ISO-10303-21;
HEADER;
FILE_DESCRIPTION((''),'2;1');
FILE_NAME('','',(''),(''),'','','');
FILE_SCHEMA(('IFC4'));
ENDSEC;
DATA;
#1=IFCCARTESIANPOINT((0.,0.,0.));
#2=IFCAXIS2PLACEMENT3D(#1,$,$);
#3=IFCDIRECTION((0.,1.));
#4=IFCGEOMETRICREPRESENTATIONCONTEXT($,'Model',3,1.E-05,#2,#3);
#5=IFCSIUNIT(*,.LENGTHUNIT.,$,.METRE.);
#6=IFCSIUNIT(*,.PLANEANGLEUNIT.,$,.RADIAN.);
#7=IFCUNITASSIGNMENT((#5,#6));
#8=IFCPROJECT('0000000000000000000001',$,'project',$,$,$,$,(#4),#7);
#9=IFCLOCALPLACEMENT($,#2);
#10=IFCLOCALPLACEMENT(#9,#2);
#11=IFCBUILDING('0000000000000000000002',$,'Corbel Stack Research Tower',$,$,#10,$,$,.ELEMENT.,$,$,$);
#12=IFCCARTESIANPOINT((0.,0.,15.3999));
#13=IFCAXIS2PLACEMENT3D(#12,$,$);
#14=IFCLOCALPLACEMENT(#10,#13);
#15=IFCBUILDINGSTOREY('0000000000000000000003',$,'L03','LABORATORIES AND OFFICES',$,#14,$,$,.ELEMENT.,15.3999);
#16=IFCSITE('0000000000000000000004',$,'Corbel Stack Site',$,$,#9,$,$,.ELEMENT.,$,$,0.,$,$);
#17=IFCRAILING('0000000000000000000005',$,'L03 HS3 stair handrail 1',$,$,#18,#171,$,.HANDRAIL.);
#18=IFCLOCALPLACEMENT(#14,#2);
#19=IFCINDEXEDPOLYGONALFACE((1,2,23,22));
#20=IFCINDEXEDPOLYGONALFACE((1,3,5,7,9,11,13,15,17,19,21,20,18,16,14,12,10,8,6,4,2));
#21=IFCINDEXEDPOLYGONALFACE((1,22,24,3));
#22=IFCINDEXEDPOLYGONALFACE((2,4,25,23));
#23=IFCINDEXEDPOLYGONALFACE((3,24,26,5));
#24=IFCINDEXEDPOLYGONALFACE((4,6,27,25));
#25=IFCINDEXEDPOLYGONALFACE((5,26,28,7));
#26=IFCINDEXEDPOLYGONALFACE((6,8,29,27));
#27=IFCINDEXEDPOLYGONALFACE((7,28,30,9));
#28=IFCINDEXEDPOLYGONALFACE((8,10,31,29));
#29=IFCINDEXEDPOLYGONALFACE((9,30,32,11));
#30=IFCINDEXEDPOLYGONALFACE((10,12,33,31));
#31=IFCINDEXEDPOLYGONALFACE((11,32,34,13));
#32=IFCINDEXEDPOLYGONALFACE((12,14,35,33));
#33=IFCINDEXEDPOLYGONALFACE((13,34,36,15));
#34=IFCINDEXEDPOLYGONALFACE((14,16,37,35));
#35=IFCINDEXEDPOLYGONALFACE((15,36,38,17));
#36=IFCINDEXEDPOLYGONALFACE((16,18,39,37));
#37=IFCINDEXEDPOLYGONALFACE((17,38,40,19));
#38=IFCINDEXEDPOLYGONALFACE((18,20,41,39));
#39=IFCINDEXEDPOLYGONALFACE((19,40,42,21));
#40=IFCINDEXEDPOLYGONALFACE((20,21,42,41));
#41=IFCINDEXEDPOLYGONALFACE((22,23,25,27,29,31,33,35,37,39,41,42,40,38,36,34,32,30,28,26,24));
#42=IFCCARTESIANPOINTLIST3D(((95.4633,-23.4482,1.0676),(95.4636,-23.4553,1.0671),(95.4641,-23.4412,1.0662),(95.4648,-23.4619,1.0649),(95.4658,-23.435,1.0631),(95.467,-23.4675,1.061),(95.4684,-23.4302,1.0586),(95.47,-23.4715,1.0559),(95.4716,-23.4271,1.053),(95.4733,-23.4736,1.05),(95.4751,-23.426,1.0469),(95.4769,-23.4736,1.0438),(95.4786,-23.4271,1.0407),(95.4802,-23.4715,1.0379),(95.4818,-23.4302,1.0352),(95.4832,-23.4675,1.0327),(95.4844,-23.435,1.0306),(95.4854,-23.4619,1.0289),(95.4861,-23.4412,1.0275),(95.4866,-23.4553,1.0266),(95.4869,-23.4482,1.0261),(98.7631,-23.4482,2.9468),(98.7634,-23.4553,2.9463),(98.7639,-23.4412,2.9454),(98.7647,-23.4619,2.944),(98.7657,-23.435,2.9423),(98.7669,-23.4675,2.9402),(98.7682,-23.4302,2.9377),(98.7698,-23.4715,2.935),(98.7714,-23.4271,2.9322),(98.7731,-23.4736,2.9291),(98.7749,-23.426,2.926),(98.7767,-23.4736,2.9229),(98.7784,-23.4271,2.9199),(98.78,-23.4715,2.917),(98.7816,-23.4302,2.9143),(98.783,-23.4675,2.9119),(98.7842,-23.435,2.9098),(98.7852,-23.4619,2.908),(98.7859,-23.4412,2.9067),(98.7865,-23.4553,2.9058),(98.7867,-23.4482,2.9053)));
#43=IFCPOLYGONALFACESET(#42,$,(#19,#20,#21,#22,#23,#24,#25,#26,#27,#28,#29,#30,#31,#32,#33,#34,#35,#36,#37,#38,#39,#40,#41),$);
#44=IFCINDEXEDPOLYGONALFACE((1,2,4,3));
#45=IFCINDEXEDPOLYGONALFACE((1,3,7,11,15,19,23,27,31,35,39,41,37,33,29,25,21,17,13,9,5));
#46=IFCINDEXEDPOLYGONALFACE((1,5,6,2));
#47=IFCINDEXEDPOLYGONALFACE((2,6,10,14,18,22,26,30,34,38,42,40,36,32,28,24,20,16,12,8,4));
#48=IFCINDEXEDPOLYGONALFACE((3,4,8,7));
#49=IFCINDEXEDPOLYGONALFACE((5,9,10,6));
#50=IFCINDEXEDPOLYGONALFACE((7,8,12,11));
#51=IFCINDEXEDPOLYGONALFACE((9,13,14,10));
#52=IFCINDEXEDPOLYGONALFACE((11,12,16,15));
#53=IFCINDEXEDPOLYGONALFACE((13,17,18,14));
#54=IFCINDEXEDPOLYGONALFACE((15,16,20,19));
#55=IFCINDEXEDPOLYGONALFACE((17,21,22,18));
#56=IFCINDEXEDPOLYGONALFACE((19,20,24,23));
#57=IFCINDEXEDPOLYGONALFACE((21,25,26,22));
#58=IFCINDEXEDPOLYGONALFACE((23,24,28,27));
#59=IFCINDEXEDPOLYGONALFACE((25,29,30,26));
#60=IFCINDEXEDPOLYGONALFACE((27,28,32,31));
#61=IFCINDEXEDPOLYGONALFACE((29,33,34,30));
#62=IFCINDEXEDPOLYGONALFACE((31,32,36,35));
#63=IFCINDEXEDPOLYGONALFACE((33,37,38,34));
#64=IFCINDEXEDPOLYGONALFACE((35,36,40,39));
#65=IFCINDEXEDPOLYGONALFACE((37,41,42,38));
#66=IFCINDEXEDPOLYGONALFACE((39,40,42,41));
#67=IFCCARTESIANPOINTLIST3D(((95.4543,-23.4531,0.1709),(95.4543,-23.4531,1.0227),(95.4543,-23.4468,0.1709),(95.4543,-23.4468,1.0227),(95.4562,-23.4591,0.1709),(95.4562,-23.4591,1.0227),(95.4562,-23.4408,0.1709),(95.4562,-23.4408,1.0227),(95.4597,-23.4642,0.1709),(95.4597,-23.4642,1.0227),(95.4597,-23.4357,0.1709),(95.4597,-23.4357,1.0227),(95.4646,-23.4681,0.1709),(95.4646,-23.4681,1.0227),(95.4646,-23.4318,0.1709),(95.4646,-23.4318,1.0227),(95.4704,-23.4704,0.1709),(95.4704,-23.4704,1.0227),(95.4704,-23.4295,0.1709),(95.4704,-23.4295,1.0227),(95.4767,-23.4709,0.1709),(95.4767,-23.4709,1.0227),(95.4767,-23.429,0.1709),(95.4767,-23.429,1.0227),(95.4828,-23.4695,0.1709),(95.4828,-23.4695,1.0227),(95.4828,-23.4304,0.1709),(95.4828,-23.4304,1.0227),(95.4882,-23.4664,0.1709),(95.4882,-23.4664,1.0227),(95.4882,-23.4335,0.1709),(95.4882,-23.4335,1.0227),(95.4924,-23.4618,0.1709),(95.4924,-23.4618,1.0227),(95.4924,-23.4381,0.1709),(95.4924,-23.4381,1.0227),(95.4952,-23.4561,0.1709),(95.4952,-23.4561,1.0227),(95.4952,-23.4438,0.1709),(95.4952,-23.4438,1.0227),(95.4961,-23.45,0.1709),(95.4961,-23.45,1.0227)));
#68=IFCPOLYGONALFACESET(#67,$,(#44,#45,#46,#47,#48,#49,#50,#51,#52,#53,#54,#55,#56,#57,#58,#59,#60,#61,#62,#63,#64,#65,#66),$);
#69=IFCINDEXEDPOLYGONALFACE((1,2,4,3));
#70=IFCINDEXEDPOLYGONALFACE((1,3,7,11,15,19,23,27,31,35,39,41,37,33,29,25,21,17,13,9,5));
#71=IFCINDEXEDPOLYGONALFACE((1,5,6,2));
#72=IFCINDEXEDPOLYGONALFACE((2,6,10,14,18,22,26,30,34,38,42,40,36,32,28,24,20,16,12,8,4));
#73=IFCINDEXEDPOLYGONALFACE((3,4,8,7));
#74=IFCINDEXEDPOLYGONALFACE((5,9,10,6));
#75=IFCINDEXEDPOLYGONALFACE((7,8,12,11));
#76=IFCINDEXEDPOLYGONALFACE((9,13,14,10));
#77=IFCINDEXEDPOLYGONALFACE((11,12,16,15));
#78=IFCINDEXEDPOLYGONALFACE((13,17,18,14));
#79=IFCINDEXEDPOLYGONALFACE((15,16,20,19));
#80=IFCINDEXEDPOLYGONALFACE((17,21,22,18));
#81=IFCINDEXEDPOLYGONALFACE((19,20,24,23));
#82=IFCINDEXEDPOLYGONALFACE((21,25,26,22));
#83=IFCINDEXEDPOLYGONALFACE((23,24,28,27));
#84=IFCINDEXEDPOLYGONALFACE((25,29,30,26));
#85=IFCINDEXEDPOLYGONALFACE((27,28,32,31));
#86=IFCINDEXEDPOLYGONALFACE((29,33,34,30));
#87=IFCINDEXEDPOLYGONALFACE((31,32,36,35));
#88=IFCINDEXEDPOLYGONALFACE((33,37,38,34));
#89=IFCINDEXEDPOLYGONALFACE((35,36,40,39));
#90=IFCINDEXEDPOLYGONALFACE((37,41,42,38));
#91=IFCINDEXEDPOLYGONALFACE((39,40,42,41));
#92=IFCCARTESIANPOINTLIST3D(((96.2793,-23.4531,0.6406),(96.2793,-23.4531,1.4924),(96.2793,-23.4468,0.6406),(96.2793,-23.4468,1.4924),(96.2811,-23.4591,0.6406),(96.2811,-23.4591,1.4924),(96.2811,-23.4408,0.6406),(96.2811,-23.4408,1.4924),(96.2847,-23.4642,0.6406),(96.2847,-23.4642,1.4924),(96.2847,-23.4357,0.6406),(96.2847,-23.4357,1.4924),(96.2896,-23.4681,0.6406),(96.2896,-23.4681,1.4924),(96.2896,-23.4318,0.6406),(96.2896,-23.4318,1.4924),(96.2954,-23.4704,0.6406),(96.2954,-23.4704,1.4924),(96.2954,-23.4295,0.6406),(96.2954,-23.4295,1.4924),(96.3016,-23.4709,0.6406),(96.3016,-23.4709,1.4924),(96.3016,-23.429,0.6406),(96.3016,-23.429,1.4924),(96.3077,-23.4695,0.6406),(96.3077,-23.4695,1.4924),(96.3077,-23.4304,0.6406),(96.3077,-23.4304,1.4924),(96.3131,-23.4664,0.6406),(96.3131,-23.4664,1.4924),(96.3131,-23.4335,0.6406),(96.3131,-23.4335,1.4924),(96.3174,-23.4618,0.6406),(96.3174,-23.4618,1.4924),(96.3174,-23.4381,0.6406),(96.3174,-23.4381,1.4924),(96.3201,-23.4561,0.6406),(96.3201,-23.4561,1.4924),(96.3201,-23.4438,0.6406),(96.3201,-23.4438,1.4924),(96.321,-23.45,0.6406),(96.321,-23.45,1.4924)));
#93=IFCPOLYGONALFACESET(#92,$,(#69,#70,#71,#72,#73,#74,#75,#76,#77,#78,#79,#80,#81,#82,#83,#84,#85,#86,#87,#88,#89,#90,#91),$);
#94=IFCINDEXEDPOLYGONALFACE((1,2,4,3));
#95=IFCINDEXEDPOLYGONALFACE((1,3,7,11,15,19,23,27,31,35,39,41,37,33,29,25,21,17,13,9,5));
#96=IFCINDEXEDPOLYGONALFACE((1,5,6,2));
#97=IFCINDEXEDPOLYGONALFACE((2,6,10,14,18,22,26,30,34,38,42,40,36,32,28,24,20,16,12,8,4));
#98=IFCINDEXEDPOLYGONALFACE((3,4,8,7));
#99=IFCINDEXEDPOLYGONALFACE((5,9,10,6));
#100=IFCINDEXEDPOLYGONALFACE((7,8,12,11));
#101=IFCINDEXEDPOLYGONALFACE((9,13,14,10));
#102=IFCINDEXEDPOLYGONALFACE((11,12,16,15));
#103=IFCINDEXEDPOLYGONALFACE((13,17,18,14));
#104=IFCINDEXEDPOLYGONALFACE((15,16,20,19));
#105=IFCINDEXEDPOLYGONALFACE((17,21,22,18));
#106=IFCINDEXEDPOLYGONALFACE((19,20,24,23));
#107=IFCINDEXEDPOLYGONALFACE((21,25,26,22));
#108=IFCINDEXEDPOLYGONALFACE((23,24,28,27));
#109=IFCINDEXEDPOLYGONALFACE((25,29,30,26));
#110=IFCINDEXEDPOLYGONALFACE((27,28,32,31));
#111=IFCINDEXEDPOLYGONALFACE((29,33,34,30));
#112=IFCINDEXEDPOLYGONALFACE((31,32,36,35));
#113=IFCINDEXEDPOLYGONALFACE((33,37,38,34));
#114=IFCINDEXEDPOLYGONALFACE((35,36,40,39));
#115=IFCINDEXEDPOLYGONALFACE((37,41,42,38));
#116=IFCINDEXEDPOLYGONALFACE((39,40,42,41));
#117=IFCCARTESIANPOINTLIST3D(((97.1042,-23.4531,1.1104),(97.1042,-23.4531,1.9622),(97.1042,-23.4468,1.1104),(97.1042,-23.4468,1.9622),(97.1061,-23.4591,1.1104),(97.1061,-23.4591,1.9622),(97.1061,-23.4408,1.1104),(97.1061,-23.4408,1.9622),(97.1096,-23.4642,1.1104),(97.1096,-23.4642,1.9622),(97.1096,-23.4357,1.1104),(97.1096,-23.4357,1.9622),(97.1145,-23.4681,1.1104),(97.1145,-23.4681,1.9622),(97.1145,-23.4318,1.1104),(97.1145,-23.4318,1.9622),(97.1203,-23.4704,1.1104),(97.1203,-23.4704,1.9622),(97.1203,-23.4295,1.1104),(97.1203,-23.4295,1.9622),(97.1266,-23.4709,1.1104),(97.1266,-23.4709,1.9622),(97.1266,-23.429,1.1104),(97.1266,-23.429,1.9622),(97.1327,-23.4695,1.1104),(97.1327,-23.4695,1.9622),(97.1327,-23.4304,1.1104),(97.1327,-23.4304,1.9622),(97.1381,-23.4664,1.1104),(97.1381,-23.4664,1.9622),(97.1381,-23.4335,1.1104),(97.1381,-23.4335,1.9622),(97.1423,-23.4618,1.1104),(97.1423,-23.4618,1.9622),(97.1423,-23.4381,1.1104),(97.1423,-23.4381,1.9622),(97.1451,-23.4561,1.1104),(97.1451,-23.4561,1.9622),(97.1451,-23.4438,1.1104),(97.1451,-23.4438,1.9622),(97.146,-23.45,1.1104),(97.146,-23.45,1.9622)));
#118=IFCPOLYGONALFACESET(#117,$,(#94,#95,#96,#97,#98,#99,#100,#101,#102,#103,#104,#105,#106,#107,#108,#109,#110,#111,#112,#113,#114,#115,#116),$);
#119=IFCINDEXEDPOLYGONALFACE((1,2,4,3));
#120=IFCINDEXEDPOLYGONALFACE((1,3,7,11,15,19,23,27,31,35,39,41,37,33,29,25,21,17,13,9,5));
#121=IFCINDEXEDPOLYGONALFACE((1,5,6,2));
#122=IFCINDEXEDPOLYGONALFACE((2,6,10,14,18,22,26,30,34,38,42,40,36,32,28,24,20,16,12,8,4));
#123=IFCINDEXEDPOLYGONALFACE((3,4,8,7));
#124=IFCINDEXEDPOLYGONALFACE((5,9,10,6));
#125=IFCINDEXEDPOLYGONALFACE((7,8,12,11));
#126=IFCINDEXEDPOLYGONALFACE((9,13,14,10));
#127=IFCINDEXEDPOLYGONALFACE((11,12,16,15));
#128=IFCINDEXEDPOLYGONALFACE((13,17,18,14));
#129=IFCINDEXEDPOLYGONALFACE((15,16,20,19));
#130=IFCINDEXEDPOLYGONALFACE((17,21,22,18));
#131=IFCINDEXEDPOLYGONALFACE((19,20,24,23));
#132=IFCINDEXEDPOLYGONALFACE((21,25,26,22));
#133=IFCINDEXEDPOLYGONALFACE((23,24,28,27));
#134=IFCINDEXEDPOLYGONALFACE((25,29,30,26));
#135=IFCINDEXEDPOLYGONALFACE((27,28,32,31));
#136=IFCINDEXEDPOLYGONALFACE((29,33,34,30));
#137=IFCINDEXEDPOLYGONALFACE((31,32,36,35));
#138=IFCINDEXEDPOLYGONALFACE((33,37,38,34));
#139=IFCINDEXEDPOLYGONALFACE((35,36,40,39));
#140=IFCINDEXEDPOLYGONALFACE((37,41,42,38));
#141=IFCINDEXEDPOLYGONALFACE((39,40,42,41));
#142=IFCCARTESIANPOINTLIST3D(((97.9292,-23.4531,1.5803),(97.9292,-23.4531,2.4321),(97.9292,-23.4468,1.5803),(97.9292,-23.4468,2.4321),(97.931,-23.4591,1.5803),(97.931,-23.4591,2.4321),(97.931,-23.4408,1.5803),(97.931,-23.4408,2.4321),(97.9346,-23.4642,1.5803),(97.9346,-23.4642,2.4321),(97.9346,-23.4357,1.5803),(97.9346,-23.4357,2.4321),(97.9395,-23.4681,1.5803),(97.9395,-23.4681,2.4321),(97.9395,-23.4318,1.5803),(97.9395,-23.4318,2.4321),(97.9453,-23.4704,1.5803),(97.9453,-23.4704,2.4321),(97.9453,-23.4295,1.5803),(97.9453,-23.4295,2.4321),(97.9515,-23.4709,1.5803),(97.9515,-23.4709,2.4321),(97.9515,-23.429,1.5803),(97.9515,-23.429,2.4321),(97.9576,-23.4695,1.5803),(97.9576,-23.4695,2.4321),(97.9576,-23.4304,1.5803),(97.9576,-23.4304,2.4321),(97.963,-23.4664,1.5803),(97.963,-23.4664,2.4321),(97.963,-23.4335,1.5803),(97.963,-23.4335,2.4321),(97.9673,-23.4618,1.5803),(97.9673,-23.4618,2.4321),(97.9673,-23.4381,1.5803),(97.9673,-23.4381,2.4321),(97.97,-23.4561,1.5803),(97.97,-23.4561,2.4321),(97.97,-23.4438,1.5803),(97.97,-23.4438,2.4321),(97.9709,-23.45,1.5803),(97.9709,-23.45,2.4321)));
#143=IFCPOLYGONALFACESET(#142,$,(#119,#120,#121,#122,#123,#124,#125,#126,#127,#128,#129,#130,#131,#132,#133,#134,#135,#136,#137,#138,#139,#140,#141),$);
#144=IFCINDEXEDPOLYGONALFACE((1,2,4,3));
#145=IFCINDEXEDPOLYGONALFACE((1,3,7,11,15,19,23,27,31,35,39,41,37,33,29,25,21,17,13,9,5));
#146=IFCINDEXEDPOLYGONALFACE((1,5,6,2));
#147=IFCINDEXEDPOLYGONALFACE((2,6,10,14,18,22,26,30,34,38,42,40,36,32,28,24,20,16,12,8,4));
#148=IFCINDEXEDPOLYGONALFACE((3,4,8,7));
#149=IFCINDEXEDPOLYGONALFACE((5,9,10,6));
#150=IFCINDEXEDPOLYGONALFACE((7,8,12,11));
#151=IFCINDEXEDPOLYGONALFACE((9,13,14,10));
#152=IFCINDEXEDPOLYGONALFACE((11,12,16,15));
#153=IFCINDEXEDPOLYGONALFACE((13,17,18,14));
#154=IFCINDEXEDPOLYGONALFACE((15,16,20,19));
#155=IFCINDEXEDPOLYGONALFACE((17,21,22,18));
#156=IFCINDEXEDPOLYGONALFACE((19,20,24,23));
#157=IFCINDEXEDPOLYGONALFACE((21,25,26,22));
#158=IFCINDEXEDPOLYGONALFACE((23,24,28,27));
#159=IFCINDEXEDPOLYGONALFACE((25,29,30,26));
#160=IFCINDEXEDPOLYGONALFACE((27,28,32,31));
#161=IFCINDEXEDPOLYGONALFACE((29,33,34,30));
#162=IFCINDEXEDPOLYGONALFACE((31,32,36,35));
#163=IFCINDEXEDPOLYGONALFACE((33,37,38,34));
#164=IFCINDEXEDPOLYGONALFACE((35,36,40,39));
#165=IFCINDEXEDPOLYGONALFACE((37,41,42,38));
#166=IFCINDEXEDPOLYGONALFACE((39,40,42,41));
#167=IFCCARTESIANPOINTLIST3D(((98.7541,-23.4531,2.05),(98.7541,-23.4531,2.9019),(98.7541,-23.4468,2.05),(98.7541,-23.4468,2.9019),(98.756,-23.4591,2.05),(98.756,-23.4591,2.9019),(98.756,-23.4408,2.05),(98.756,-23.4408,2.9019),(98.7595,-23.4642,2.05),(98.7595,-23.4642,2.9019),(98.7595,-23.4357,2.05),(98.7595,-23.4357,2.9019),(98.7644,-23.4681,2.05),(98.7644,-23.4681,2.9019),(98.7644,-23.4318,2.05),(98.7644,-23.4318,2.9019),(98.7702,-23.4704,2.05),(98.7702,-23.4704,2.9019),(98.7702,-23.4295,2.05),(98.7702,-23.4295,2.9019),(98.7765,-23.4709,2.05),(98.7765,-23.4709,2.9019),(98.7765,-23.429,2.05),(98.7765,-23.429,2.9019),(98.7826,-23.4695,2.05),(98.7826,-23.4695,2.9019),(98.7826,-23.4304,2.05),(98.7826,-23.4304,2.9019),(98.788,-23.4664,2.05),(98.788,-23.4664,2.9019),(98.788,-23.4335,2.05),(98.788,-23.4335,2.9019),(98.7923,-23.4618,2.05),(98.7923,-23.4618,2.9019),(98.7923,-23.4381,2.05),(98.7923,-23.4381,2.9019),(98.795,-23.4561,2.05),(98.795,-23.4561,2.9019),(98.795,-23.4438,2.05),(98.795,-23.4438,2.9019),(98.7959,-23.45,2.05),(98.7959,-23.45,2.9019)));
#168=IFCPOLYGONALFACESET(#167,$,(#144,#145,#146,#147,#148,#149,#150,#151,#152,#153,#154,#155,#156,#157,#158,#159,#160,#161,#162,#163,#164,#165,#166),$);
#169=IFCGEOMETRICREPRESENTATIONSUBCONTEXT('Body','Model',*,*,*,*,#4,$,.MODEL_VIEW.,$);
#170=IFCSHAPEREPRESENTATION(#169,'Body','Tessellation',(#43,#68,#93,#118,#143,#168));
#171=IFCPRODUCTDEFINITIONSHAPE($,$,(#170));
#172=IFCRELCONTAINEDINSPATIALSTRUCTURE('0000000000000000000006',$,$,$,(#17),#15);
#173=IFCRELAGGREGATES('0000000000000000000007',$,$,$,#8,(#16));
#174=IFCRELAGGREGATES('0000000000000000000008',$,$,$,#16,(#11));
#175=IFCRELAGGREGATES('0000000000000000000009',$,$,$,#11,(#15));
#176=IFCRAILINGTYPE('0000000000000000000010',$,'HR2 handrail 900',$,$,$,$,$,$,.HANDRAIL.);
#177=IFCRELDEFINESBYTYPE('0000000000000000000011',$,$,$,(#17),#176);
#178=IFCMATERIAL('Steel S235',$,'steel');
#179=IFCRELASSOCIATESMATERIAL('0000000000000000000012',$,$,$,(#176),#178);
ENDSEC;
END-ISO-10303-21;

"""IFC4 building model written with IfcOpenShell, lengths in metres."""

from ifc_helpers import new_model, si_unit, direction, frame, origin, origin_2d, place, context, subcontext, project, spatial, circle, extrude, material, type_object, element, save


model = new_model("IFC4")

# Units and contexts
model_context = context("Model", 3, precision=1e-05, world=origin(), true_north=direction((0.0, 1.0)))
body_context = subcontext(model_context, "Body", "Model", "MODEL_VIEW")
ifc_project = project(units=[si_unit("LENGTHUNIT", "METRE"), si_unit("PLANEANGLEUNIT", "RADIAN")], contexts=[model_context])

# Site, building, storey
site_placement = place(None, origin())
site = spatial("IfcSite", under=ifc_project, at=site_placement, Name="Corbel Stack Site", CompositionType="ELEMENT", RefElevation=0.0)
building_placement = place(site_placement, origin())
building = spatial("IfcBuilding", under=site, at=building_placement, Name="Corbel Stack Research Tower", CompositionType="ELEMENT")
storey_placement = place(building_placement, frame((0.0, 0.0, 15.3999)))
storey = spatial("IfcBuildingStorey", under=building, at=storey_placement, Name="L03", Description="LABORATORIES AND OFFICES", CompositionType="ELEMENT", Elevation=15.3999)

# Railing
ifc_material_1 = material(Name="Steel S235", Category="steel")
railing_type_1 = type_object("IfcRailingType", Name="HR2 handrail 900", PredefinedType="HANDRAIL", material=ifc_material_1)
railing_1_placement = place(storey_placement, frame((95.4751, -23.45, 0.1709)))
element("IfcRailing", 1, at=railing_1_placement, inside=storey, type_object=railing_type_1, Name="L03 HS3 stair handrail 1", PredefinedType="HANDRAIL", context=body_context, shape_type="SweptSolid", body=[
    extrude(circle(Radius=0.0239, at=origin_2d()), frame((0.0, 0.0, 0.876), z_axis=(0.868974, 0.0, 0.494857), x_axis=(0.0, 1.0, 0.0)), (0.0, 0.0, 1.0), 3.7974),
    extrude(circle(Radius=0.021, at=origin_2d()), origin(), (0.0, 0.0, 1.0), 0.8518),
    extrude(circle(Radius=0.021, at=origin_2d()), frame((0.825, 0.0, 0.4697)), (0.0, 0.0, 1.0), 0.8518),
    extrude(circle(Radius=0.021, at=origin_2d()), frame((1.6499, 0.0, 0.9395)), (0.0, 0.0, 1.0), 0.8518),
    extrude(circle(Radius=0.021, at=origin_2d()), frame((2.4749, 0.0, 1.4094)), (0.0, 0.0, 1.0), 0.8518),
    extrude(circle(Radius=0.021, at=origin_2d()), frame((3.2998, 0.0, 1.8792)), (0.0, 0.0, 1.0), 0.8518),
])

save(model, "model.ifc")
